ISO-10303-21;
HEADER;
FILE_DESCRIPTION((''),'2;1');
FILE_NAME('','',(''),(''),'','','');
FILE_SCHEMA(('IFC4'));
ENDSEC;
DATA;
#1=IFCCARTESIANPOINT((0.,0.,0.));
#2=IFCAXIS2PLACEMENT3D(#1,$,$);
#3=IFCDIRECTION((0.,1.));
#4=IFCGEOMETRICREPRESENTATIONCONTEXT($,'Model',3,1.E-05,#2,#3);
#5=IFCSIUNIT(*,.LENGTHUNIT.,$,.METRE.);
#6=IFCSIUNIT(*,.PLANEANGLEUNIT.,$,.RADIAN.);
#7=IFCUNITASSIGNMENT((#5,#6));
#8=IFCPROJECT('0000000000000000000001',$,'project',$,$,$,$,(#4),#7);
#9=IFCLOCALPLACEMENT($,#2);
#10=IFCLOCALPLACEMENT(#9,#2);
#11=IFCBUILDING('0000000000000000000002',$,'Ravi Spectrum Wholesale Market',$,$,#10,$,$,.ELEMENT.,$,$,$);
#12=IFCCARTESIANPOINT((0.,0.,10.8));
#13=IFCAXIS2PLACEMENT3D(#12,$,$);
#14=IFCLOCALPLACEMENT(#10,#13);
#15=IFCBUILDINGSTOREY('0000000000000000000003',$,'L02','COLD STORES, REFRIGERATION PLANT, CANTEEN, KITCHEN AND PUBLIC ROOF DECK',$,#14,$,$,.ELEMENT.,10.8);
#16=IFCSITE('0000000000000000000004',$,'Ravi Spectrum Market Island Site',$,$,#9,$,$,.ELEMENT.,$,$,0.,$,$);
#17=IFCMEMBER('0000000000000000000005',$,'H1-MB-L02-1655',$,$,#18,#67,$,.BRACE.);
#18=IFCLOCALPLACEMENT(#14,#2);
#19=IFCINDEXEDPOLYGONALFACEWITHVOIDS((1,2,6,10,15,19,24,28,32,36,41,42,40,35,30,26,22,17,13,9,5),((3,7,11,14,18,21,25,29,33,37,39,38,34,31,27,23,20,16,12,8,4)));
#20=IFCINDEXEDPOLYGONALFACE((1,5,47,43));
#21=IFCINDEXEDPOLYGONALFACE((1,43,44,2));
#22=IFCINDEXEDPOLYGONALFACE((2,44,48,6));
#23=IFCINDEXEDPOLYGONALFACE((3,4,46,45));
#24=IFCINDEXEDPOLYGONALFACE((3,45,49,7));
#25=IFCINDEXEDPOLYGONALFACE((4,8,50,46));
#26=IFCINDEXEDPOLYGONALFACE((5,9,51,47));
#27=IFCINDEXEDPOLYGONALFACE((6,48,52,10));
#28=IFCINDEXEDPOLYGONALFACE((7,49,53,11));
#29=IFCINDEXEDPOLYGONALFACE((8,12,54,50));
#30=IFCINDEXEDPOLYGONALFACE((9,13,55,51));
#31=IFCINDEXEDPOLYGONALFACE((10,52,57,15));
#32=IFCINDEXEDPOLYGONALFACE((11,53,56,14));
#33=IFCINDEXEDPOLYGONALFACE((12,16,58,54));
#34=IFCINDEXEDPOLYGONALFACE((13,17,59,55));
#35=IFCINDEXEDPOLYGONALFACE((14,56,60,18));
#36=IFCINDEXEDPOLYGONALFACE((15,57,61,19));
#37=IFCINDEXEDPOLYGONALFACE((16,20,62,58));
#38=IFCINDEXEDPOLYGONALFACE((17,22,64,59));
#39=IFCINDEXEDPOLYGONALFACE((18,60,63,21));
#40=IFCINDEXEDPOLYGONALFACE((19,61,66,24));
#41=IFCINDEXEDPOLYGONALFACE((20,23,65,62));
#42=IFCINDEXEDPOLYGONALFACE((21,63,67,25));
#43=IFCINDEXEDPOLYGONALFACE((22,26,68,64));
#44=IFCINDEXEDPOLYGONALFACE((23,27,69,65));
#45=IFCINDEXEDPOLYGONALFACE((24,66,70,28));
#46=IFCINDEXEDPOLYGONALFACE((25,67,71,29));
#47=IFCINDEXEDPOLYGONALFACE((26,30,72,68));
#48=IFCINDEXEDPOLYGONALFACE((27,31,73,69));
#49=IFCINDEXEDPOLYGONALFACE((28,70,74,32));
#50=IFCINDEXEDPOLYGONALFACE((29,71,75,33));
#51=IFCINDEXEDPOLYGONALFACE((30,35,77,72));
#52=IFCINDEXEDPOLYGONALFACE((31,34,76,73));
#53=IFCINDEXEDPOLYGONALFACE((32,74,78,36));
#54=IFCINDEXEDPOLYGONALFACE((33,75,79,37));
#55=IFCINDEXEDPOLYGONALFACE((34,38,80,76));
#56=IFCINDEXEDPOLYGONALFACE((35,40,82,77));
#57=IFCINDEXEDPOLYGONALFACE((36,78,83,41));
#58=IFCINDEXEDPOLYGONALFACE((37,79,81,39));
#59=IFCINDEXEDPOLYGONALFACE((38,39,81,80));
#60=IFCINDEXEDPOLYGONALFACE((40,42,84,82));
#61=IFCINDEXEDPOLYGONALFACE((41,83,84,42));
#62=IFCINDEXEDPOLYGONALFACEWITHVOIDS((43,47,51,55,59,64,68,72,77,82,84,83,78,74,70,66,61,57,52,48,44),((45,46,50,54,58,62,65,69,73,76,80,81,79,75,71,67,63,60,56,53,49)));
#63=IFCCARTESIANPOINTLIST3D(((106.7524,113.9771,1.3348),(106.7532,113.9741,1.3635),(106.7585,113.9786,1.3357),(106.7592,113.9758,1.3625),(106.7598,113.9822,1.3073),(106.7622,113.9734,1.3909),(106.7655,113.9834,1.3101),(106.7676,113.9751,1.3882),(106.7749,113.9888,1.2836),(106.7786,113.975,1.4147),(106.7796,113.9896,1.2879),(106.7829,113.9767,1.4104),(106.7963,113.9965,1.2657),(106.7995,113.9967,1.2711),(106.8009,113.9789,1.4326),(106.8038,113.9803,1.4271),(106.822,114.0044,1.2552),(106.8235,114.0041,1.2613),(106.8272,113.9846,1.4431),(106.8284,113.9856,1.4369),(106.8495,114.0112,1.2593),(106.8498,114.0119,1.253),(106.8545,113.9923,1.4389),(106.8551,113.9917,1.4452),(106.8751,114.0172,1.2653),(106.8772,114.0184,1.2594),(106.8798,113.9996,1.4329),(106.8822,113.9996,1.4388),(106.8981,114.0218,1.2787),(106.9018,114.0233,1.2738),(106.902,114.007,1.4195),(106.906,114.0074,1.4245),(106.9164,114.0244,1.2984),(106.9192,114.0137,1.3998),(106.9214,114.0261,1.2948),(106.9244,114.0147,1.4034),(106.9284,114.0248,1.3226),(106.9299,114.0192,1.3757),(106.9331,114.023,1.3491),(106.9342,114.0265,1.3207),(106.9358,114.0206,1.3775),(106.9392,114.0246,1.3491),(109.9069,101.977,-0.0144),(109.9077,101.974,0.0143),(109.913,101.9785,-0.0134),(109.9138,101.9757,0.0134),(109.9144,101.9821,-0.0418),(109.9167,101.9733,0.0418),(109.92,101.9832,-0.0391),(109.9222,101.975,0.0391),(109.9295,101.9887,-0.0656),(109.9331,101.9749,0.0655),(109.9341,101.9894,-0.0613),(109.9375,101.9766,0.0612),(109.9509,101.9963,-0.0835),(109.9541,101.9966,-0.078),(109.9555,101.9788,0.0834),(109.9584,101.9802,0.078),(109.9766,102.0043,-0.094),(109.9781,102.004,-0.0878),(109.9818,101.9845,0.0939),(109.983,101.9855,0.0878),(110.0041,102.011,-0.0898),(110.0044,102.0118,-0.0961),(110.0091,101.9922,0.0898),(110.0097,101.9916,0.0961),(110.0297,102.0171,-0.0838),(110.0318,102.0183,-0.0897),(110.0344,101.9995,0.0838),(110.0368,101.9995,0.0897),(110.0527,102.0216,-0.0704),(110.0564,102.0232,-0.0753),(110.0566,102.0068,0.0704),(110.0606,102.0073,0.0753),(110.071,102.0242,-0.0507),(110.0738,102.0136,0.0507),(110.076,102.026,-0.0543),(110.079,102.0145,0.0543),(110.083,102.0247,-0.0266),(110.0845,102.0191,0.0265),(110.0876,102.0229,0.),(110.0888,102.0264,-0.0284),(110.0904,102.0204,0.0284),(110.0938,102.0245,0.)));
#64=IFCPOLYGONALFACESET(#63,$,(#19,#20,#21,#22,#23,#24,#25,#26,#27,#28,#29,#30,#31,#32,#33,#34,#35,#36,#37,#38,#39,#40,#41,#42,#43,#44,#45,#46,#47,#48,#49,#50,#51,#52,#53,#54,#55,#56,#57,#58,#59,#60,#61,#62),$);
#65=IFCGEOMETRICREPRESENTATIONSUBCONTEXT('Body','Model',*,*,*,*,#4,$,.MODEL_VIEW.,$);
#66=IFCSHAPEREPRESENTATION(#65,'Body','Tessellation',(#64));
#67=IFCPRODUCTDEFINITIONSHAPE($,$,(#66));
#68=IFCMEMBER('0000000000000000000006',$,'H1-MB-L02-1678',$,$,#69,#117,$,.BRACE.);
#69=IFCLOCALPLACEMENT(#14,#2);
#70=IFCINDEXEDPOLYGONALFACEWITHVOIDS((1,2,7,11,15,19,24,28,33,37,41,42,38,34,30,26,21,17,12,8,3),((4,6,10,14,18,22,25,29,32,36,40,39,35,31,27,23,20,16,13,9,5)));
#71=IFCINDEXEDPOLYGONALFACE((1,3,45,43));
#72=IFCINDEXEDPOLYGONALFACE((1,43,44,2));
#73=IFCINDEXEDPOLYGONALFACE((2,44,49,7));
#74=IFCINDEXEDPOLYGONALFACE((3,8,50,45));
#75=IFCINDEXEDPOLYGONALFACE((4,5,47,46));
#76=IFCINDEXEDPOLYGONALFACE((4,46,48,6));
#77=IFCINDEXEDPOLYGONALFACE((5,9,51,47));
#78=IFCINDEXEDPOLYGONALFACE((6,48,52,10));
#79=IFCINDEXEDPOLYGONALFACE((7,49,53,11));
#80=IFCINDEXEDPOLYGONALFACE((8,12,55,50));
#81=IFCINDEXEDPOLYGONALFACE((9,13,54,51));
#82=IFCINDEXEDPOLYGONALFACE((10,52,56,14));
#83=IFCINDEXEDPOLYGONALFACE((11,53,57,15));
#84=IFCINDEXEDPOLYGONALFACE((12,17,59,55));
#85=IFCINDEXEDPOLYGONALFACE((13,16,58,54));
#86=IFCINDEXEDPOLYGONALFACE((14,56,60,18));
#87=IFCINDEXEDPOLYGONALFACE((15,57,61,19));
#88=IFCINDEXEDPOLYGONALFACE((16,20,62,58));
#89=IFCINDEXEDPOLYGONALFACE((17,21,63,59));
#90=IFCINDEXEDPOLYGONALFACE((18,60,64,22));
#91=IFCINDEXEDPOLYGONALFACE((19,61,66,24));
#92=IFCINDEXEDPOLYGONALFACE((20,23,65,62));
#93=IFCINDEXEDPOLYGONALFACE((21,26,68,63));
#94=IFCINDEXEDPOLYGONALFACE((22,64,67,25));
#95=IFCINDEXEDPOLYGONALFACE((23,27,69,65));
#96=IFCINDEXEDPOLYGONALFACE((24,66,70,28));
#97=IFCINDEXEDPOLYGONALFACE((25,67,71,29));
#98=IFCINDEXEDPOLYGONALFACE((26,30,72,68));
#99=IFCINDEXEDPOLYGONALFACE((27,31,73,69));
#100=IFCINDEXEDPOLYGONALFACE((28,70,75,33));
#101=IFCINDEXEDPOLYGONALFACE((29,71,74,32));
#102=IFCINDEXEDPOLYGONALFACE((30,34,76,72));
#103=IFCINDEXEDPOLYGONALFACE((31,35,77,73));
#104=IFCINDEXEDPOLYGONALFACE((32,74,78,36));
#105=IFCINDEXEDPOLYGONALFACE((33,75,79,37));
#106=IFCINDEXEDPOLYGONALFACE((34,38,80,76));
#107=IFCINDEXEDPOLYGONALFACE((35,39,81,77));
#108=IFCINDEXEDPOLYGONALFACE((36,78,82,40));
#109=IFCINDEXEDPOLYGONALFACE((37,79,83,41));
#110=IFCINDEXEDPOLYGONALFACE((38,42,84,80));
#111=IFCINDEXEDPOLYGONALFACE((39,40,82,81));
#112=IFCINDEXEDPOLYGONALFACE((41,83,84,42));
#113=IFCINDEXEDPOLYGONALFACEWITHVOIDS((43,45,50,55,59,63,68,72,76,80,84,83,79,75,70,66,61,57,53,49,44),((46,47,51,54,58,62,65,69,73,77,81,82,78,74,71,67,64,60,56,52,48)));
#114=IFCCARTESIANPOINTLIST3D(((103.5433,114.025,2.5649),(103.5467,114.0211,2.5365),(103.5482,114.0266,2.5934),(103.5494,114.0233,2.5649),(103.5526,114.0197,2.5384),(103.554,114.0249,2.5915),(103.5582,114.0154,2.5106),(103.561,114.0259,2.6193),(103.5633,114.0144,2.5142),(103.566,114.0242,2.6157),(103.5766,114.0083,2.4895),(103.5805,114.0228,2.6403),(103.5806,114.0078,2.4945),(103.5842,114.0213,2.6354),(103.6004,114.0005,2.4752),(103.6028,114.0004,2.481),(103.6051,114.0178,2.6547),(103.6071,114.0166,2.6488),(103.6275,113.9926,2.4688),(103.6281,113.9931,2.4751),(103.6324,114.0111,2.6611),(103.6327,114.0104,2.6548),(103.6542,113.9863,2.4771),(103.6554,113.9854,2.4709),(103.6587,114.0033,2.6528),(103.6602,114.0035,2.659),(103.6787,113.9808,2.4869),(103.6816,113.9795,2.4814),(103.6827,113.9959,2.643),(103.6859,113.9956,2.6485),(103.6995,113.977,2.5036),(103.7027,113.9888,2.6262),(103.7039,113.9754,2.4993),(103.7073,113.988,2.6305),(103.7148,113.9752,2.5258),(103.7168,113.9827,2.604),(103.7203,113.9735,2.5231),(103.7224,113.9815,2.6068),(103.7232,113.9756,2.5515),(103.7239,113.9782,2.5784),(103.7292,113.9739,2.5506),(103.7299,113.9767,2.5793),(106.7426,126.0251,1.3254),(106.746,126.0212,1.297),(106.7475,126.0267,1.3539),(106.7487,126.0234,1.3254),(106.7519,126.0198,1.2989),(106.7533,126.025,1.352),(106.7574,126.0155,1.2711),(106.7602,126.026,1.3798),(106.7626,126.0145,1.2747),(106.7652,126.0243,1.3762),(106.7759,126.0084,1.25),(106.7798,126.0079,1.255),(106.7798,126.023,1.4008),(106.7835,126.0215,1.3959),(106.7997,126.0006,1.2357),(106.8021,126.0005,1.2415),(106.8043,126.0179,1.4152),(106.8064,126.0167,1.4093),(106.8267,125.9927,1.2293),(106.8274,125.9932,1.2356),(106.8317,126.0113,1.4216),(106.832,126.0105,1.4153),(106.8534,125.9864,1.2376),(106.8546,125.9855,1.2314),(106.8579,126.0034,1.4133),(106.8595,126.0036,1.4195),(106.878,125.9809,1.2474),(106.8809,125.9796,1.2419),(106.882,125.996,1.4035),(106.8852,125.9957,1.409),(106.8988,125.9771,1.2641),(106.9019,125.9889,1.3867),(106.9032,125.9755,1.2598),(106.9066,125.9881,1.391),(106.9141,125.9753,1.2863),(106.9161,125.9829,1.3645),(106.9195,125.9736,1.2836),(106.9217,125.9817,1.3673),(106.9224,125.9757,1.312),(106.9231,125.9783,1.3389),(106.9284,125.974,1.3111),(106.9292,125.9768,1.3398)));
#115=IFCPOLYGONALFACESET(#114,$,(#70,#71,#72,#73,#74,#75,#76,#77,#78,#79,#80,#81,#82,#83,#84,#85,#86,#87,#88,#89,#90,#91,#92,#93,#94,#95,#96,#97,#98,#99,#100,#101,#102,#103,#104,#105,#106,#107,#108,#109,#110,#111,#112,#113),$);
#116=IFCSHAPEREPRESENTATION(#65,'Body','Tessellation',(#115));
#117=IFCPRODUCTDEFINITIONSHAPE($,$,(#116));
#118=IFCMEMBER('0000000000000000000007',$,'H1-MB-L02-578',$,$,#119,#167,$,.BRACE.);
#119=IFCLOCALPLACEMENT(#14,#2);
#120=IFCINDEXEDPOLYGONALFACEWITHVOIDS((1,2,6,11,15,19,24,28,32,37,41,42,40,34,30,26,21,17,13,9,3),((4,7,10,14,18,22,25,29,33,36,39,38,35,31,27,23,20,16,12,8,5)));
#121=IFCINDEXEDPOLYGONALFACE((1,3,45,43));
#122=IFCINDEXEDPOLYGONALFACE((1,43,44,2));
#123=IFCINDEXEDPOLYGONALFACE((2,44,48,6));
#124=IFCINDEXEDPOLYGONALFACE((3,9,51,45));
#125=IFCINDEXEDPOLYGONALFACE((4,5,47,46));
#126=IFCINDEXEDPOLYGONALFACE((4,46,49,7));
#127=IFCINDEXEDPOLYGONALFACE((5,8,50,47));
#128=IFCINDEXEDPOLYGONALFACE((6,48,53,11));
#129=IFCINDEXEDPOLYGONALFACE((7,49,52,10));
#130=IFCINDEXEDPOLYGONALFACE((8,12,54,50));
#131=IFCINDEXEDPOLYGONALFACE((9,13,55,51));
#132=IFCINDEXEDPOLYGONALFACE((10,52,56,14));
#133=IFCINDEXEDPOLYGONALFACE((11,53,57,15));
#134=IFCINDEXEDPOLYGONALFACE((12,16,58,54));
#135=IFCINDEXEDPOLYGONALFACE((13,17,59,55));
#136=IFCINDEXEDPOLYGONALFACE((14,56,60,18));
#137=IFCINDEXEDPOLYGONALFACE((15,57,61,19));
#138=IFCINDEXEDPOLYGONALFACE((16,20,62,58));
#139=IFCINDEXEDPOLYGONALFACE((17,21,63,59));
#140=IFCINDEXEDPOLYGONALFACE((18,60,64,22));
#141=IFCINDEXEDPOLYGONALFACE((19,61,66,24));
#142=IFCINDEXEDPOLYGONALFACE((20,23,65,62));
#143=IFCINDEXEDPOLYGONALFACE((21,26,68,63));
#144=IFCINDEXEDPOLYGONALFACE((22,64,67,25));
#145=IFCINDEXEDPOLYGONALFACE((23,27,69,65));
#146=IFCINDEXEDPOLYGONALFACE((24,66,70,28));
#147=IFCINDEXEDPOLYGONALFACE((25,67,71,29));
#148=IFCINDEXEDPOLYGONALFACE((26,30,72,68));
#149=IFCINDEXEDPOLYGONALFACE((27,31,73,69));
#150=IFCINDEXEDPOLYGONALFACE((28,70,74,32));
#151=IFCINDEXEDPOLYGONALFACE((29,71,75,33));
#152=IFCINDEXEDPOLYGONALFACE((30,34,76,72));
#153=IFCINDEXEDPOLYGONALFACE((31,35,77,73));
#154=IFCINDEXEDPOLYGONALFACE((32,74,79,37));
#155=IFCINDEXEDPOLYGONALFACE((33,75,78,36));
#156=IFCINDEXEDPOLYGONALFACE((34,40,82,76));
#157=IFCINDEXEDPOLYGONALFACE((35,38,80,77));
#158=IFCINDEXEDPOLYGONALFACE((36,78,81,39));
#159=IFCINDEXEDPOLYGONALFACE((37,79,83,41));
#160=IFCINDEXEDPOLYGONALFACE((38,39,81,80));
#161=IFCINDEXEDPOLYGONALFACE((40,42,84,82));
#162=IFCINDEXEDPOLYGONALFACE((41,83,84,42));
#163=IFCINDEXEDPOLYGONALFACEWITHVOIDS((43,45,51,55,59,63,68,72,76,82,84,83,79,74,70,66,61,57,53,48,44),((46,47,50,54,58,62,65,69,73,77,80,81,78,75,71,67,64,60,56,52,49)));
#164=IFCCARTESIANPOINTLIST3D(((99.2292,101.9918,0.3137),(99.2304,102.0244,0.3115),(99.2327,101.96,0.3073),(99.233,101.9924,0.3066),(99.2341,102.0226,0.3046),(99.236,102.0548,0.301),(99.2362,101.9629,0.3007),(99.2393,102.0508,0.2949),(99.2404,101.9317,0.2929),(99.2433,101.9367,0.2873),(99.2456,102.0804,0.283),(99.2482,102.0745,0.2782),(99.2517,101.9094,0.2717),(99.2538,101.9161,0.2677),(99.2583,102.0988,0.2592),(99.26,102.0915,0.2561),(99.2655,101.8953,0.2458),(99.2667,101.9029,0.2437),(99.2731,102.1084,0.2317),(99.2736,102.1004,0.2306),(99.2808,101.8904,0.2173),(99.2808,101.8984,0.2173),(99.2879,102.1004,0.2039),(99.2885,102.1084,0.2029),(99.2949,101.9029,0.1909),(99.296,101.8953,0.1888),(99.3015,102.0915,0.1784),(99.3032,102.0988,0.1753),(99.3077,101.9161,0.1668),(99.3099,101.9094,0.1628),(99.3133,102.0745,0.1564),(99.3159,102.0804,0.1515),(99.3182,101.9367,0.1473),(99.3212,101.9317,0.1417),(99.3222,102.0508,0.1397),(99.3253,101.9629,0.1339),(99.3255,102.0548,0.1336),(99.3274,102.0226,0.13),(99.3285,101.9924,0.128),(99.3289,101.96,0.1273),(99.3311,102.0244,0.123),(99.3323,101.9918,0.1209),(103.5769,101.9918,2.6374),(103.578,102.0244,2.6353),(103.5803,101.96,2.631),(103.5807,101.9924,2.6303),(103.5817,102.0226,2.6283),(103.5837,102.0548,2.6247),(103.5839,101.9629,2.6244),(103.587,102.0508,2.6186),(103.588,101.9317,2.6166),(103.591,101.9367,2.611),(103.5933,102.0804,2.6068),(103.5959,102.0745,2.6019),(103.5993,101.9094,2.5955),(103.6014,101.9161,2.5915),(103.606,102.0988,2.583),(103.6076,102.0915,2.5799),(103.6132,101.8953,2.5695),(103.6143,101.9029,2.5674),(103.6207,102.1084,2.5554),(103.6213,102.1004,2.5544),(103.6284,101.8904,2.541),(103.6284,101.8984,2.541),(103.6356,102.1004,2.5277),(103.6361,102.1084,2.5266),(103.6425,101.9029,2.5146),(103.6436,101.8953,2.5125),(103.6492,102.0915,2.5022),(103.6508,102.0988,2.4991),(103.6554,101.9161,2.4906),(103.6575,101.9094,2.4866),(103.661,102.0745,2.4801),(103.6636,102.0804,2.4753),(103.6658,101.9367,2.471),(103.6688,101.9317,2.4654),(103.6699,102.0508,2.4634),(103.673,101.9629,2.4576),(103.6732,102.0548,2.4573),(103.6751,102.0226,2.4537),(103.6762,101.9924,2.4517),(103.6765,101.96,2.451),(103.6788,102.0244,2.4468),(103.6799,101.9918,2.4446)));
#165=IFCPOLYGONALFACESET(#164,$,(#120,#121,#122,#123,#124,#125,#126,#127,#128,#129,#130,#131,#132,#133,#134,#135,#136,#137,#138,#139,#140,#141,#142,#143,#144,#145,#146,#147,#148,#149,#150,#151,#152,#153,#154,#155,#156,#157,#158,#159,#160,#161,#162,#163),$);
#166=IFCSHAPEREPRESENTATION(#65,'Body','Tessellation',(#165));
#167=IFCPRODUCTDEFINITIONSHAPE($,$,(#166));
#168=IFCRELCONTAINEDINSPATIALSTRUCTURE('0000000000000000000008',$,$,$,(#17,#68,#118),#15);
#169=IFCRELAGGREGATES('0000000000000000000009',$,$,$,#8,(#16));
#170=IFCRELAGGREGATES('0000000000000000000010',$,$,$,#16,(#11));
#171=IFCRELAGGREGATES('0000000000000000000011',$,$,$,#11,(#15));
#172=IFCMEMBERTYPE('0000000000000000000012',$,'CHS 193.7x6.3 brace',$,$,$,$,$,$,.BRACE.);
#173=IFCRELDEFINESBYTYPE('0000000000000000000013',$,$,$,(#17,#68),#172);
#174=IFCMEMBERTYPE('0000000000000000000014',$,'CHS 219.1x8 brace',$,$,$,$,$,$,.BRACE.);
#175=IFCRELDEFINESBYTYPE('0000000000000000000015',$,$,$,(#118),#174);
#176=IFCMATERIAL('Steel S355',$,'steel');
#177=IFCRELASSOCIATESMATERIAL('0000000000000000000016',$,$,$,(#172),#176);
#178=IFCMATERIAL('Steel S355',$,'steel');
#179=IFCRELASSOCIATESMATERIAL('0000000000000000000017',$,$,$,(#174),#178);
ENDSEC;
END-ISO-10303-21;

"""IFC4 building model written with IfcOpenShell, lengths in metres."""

from ifc_helpers import new_model, si_unit, direction, frame, origin, origin_2d, place, context, subcontext, project, spatial, hollow_circle, extrude, material, material_profile, profile_set, type_object, element, save


model = new_model("IFC4")

# Units and contexts
model_context = context("Model", 3, precision=1e-05, world=origin(), true_north=direction((0.0, 1.0)))
body_context = subcontext(model_context, "Body", "Model", "MODEL_VIEW")
ifc_project = project(units=[si_unit("LENGTHUNIT", "METRE"), si_unit("PLANEANGLEUNIT", "RADIAN")], contexts=[model_context])

# Site, building, storey
site_placement = place(None, origin())
site = spatial("IfcSite", under=ifc_project, at=site_placement, Name="Ravi Spectrum Market Island Site", CompositionType="ELEMENT", RefElevation=0.0)
building_placement = place(site_placement, origin())
building = spatial("IfcBuilding", under=site, at=building_placement, Name="Ravi Spectrum Wholesale Market", CompositionType="ELEMENT")
storey_placement = place(building_placement, frame((0.0, 0.0, 10.8)))
storey = spatial("IfcBuildingStorey", under=building, at=storey_placement, Name="L02", Description="COLD STORES, REFRIGERATION PLANT, CANTEEN, KITCHEN AND PUBLIC ROOF DECK", CompositionType="ELEMENT", Elevation=10.8)

# Members
ifc_material_1 = material(Name="Steel S355", Category="steel")
ifc_material_profile_1 = material_profile(ifc_material_1, hollow_circle(Radius=0.0969, WallThickness=0.0063, at=origin_2d()))
ifc_profile_set_1 = profile_set([ifc_material_profile_1], Name="Steel S355")
member_type_1 = type_object("IfcMemberType", Name="CHS 193.7x6.3 brace", PredefinedType="BRACE", material=ifc_profile_set_1)
for number, where, z_axis, x_axis, name in (
    (1, (106.8455, 114.0, 1.3491), (0.252751, -0.961474, -0.108095), (0.967141, 0.254241, 0.0), "H1-MB-L02-1655"),
    (2, (103.637, 114.0, 2.5649), (0.25633, 0.961474, -0.099312), (-0.966251, 0.257604, 0.0), "H1-MB-L02-1678"),
):
    element("IfcMember", number, at=place(storey_placement, frame(where, z_axis=z_axis, x_axis=x_axis)), inside=storey, type_object=member_type_1, Name=name, PredefinedType="BRACE", context=body_context, shape_type="SweptSolid", body=[
        extrude(hollow_circle(Radius=0.0969, WallThickness=0.0063, at=origin_2d()), origin(), (0.0, 0.0, 1.0), 12.481),
    ])
ifc_material_2 = material(Name="Steel S355", Category="steel")
ifc_material_profile_2 = material_profile(ifc_material_2, hollow_circle(Radius=0.1096, WallThickness=0.0081, at=origin_2d()))
ifc_profile_set_2 = profile_set([ifc_material_profile_2], Name="Steel S355")
member_type_2 = type_object("IfcMemberType", Name="CHS 219.1x8 brace", PredefinedType="BRACE", material=ifc_profile_set_2)
member_1_placement = place(storey_placement, frame((103.6284, 102.0, 2.541), z_axis=(-0.881933, 0.0, -0.471375), x_axis=(0.0, -1.0, 0.0)))
element("IfcMember", 3, at=member_1_placement, inside=storey, type_object=member_type_2, Name="H1-MB-L02-578", PredefinedType="BRACE", context=body_context, shape_type="SweptSolid", body=[
    extrude(hollow_circle(Radius=0.1096, WallThickness=0.0081, at=origin_2d()), origin(), (0.0, 0.0, 1.0), 4.9297),
])

save(model, "model.ifc")
